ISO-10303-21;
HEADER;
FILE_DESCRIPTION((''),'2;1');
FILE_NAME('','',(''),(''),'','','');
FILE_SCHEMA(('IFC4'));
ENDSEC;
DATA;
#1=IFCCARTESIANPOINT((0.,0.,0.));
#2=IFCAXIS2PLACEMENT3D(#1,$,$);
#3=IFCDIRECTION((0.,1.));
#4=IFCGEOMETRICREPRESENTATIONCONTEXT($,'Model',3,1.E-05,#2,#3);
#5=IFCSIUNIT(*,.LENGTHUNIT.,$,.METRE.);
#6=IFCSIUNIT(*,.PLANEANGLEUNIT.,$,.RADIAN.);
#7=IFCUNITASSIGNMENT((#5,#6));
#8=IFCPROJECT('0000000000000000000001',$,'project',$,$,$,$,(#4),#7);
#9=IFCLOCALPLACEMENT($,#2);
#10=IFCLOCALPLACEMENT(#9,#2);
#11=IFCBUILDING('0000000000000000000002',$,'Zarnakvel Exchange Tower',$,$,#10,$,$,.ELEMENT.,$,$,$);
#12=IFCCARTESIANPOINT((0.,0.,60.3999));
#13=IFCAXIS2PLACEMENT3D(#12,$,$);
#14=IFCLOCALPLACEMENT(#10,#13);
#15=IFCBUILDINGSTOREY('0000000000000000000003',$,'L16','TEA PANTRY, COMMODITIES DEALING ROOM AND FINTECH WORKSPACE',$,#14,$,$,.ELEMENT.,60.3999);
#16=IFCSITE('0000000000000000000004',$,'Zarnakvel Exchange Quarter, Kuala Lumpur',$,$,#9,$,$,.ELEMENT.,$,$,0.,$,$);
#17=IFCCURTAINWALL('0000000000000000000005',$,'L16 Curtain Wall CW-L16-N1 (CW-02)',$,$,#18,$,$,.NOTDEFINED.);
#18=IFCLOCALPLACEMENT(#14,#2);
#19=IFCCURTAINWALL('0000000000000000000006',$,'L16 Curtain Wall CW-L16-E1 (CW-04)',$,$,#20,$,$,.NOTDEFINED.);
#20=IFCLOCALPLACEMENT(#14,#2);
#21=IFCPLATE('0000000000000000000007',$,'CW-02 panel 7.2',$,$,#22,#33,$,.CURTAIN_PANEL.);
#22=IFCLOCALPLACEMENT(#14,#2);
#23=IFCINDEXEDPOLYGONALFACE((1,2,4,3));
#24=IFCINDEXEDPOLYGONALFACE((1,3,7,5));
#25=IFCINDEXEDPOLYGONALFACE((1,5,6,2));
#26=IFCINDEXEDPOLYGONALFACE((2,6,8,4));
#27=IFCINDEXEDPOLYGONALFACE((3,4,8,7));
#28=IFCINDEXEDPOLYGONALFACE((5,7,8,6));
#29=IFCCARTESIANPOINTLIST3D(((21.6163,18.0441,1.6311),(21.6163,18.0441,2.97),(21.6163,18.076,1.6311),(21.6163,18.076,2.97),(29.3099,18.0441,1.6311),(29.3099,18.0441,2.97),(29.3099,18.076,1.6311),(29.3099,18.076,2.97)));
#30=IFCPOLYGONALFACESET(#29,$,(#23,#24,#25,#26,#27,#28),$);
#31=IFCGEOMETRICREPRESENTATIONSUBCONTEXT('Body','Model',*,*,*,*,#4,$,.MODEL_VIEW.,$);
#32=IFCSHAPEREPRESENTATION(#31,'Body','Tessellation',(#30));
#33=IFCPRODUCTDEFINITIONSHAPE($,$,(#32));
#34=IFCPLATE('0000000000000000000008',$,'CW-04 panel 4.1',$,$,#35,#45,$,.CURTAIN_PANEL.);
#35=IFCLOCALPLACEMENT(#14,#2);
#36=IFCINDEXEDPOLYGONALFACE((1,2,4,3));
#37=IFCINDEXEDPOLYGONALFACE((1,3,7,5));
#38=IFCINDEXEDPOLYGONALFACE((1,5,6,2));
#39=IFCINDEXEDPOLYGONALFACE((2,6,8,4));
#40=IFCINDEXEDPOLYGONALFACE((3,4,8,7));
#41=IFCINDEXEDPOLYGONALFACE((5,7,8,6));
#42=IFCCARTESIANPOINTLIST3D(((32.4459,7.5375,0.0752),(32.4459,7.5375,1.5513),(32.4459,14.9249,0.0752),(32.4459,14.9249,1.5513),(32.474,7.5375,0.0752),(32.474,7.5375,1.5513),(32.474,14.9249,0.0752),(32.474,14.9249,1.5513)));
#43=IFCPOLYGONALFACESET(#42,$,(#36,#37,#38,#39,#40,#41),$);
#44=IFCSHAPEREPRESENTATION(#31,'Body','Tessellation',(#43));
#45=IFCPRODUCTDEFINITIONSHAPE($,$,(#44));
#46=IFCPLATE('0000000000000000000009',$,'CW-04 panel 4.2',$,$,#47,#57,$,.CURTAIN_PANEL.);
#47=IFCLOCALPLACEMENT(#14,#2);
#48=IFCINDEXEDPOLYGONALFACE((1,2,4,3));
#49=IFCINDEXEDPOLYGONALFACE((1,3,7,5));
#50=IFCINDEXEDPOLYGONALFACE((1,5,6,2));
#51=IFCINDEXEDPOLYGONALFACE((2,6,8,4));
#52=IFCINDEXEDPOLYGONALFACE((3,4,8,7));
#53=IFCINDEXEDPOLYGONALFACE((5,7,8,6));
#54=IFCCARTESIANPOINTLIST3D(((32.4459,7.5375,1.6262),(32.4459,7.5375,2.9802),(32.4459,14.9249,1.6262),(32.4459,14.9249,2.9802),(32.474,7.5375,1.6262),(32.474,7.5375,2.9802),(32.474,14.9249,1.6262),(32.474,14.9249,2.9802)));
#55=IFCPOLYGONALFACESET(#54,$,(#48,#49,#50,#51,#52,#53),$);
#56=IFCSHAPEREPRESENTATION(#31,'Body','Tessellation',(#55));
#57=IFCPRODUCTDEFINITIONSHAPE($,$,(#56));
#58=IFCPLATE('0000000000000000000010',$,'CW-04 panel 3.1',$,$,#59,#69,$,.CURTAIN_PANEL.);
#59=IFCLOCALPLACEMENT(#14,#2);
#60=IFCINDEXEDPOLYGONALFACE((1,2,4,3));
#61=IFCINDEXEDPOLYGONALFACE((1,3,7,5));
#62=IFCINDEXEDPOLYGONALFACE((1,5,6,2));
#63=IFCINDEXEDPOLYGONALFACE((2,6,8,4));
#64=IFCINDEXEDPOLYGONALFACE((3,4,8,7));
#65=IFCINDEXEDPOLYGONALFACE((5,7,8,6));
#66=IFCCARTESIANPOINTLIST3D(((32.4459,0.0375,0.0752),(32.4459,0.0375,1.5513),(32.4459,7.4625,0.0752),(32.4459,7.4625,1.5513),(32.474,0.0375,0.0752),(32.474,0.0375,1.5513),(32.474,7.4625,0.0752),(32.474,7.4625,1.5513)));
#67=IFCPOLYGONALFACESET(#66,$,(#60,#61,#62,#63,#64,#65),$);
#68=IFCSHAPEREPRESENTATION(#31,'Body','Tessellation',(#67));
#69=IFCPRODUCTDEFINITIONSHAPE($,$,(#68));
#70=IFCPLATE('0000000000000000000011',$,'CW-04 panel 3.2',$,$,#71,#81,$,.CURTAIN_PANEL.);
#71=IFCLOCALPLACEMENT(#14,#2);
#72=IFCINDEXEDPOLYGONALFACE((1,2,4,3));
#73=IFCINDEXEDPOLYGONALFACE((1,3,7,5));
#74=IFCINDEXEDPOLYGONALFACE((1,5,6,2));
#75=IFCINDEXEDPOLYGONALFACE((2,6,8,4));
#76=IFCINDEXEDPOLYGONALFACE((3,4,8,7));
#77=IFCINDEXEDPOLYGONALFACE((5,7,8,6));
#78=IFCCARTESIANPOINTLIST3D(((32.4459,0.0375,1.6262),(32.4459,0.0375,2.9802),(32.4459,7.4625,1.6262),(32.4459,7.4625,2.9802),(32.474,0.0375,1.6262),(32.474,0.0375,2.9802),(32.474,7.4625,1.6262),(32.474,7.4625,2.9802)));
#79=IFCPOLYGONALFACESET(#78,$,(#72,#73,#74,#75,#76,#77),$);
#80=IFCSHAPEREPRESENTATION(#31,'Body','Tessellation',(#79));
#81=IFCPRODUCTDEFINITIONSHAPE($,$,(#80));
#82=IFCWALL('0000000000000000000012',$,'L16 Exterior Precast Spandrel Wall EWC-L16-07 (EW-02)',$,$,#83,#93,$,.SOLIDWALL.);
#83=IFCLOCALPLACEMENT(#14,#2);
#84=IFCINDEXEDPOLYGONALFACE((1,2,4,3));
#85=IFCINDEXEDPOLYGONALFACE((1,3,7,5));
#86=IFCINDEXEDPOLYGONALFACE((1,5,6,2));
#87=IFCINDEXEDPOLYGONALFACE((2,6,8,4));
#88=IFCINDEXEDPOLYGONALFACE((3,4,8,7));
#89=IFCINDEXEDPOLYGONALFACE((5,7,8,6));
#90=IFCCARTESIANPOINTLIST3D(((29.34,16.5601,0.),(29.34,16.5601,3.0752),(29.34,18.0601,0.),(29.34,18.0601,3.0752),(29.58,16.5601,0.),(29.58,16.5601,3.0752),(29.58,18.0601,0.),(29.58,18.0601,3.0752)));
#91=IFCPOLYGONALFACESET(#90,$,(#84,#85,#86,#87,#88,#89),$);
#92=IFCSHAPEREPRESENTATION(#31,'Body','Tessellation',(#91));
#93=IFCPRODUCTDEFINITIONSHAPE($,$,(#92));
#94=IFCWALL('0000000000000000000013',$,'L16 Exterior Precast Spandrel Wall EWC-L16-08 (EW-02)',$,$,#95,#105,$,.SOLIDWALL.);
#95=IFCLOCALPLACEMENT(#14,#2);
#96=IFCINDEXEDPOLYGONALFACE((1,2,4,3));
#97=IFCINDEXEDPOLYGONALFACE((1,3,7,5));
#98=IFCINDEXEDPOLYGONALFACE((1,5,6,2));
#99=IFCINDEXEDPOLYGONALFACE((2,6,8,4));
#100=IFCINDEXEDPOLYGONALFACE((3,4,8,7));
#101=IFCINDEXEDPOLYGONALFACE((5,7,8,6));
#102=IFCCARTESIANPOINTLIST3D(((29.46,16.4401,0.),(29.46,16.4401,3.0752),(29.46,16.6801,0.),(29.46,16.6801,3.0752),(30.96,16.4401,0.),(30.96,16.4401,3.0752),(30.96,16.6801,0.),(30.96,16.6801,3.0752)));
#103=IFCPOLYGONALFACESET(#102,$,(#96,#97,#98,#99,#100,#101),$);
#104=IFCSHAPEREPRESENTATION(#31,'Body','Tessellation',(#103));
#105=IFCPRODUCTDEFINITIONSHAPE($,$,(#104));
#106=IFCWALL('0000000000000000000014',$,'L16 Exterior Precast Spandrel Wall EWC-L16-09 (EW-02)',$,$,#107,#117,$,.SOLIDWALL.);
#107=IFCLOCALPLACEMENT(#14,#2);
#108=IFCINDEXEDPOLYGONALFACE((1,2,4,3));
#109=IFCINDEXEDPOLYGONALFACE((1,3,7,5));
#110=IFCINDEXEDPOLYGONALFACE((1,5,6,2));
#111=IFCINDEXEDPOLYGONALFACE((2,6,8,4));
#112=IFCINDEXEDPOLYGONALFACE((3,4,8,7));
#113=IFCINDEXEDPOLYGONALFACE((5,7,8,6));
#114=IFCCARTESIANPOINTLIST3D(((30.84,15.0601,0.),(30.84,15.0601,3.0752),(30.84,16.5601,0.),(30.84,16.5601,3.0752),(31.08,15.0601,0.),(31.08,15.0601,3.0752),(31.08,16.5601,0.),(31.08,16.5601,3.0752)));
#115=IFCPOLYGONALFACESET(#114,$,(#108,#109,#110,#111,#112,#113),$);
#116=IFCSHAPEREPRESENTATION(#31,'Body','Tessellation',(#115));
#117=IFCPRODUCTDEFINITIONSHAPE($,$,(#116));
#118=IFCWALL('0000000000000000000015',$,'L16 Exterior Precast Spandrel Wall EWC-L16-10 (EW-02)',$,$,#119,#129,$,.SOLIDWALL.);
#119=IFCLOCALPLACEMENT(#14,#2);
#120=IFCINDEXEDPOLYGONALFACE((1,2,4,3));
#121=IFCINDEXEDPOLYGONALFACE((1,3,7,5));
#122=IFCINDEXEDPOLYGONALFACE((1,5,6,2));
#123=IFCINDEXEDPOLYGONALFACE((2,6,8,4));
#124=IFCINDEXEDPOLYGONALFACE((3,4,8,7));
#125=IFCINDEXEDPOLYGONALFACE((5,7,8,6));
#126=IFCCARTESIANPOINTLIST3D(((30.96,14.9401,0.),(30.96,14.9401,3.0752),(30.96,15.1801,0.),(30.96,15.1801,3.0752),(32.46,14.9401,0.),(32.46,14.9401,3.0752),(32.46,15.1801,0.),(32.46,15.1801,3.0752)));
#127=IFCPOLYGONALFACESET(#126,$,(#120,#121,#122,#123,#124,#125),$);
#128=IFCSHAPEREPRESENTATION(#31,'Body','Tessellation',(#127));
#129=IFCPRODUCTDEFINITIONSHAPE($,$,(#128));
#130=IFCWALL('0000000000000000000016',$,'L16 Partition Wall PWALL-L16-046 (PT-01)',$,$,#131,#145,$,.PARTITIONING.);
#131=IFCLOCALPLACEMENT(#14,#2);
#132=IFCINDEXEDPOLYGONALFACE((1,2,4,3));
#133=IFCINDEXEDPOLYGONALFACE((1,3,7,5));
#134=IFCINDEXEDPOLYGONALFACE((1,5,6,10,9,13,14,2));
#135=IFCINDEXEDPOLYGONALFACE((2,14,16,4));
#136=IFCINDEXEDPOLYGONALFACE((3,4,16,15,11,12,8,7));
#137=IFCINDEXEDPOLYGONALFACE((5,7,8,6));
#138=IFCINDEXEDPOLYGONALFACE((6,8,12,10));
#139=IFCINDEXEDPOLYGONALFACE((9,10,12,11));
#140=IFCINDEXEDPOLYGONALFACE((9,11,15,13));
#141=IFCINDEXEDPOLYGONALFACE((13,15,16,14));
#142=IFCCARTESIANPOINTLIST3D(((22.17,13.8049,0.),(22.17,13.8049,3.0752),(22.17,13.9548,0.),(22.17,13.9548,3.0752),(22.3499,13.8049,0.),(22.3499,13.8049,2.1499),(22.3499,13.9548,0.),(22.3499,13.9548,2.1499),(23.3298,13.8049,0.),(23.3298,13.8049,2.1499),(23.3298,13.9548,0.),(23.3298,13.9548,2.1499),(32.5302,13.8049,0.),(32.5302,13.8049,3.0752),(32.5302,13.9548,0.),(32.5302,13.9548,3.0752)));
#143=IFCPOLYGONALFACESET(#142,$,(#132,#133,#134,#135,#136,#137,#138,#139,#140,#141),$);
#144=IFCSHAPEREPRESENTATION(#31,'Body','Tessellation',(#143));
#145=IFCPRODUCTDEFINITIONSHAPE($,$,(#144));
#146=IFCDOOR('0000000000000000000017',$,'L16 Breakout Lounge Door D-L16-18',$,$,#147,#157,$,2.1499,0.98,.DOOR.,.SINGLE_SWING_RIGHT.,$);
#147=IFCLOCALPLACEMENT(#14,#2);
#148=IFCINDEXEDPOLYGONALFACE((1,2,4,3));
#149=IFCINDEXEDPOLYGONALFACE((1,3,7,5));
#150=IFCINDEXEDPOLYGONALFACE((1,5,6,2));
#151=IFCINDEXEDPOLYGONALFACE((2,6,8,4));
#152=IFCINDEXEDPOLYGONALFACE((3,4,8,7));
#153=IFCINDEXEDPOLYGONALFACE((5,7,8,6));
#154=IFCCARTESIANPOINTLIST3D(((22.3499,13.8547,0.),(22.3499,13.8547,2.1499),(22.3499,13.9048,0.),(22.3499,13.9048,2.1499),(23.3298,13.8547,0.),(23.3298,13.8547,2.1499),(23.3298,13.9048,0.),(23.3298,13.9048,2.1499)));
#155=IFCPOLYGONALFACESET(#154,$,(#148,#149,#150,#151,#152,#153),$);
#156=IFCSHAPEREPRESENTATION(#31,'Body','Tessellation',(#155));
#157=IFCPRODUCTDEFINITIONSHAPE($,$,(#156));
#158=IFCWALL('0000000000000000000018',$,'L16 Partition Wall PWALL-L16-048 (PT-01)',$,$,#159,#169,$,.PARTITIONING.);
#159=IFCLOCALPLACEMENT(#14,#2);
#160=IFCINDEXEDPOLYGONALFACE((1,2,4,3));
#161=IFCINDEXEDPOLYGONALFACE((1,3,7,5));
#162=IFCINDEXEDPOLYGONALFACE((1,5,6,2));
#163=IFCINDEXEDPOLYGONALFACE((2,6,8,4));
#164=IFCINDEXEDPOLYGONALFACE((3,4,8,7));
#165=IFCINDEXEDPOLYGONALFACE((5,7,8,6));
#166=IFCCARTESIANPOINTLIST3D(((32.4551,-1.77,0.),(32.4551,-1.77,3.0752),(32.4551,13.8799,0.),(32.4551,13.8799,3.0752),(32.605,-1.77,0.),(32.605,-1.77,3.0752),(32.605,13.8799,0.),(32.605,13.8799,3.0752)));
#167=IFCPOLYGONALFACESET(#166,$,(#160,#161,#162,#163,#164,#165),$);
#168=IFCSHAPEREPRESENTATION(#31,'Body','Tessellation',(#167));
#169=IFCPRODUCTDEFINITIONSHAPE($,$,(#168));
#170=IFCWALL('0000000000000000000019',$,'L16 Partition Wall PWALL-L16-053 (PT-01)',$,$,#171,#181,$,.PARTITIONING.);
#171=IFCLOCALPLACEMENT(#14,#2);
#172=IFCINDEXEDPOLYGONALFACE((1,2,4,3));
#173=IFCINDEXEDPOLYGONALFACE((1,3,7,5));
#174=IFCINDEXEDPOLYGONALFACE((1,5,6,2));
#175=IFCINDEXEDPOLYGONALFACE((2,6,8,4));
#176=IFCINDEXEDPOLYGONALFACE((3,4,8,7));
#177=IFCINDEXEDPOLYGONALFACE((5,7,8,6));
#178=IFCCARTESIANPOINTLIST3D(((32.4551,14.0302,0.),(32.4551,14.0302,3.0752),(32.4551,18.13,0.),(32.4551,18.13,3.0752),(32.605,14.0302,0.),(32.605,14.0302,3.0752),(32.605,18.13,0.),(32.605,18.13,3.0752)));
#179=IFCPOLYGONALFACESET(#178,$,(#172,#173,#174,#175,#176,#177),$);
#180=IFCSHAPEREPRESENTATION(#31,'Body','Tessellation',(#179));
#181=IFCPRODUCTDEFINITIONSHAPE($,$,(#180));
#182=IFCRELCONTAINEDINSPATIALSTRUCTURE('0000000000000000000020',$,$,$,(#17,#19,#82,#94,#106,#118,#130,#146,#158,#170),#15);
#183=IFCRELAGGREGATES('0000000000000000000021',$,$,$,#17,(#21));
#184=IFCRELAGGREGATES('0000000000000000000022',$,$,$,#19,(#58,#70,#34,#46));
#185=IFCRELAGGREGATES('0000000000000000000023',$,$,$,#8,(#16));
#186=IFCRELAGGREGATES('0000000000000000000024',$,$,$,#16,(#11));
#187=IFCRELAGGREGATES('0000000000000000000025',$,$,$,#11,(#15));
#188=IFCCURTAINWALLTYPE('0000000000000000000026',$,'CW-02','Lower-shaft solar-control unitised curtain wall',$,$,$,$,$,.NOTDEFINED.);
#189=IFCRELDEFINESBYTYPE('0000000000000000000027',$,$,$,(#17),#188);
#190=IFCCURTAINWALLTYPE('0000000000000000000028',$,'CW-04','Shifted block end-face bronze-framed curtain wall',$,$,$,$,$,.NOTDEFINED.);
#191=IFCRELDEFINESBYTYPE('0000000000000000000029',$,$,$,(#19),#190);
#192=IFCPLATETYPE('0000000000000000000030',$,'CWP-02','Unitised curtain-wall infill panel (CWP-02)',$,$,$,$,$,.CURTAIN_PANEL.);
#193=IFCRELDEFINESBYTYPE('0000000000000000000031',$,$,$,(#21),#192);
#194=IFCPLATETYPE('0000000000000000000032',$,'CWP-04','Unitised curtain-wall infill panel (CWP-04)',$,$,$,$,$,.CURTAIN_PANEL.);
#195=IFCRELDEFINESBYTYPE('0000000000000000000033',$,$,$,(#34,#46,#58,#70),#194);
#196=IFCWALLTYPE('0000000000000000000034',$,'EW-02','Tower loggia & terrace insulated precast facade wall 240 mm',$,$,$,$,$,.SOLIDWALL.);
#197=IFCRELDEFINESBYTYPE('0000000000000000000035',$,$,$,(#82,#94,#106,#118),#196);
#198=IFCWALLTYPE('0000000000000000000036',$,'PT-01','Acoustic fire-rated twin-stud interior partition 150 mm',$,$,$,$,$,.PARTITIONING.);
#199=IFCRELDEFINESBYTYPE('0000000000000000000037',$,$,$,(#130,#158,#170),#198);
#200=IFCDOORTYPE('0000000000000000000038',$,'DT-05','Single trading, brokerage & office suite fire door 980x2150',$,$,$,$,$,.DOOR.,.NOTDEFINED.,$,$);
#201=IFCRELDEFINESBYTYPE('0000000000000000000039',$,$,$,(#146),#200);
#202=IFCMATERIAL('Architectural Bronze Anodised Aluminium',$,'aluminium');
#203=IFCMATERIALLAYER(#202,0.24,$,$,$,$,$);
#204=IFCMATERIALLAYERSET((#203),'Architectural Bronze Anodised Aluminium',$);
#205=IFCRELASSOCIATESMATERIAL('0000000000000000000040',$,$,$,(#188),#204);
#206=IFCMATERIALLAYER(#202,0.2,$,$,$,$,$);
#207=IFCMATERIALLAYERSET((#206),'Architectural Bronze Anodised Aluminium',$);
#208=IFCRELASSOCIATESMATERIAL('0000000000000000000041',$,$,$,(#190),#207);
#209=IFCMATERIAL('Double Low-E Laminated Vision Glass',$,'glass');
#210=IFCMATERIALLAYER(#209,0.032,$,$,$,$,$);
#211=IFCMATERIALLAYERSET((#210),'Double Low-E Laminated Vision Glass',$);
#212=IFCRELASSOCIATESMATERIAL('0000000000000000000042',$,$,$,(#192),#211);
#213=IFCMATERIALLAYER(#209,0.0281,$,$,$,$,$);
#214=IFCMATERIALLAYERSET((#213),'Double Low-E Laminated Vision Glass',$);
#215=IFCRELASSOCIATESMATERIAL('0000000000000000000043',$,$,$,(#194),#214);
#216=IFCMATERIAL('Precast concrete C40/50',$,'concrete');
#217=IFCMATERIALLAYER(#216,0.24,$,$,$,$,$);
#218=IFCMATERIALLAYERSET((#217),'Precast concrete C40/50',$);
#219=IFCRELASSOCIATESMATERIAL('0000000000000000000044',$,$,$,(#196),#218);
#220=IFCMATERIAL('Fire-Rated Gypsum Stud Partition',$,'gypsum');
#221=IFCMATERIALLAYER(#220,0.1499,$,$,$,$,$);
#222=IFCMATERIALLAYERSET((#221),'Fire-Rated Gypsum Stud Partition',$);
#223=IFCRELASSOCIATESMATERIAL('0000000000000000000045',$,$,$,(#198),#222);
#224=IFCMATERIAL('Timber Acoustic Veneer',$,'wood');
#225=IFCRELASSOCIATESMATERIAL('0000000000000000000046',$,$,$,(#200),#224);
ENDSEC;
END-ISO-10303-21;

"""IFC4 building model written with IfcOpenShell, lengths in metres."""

from ifc_helpers import new_model, si_unit, direction, frame, frame_2d, origin, origin_2d, place, context, subcontext, project, spatial, rectangle, extrude, source, transform, mapped, material, layer, layer_set, type_object, element, fill, aggregate, save


model = new_model("IFC4")

# Units and contexts
model_context = context("Model", 3, precision=1e-05, world=origin(), true_north=direction((0.0, 1.0)))
body_context = subcontext(model_context, "Body", "Model", "MODEL_VIEW")
ifc_project = project(units=[si_unit("LENGTHUNIT", "METRE"), si_unit("PLANEANGLEUNIT", "RADIAN")], contexts=[model_context])

# Site, building, storey
site_placement = place(None, origin())
site = spatial("IfcSite", under=ifc_project, at=site_placement, Name="Zarnakvel Exchange Quarter, Kuala Lumpur", CompositionType="ELEMENT", RefElevation=0.0)
building_placement = place(site_placement, origin())
building = spatial("IfcBuilding", under=site, at=building_placement, Name="Zarnakvel Exchange Tower", CompositionType="ELEMENT")
storey_placement = place(building_placement, frame((0.0, 0.0, 60.3999)))
storey = spatial("IfcBuildingStorey", under=building, at=storey_placement, Name="L16", Description="TEA PANTRY, COMMODITIES DEALING ROOM AND FINTECH WORKSPACE", CompositionType="ELEMENT", Elevation=60.3999)

# Curtain walls
ifc_material_1 = material(Name="Architectural Bronze Anodised Aluminium", Category="aluminium")
ifc_layer_1 = layer(ifc_material_1, 0.24)
ifc_layer_set_1 = layer_set([ifc_layer_1], Name="Architectural Bronze Anodised Aluminium")
curtain_wall_type_1 = type_object("IfcCurtainWallType", Name="CW-02", Description="Lower-shaft solar-control unitised curtain wall", PredefinedType="NOTDEFINED", material=ifc_layer_set_1)
curtain_wall_1_placement = place(storey_placement, origin())
curtain_wall_1 = element("IfcCurtainWall", 1, at=curtain_wall_1_placement, inside=storey, type_object=curtain_wall_type_1, Name="L16 Curtain Wall CW-L16-N1 (CW-02)", PredefinedType="NOTDEFINED")
ifc_layer_2 = layer(ifc_material_1, 0.2)
ifc_layer_set_2 = layer_set([ifc_layer_2], Name="Architectural Bronze Anodised Aluminium")
curtain_wall_type_2 = type_object("IfcCurtainWallType", Name="CW-04", Description="Shifted block end-face bronze-framed curtain wall", PredefinedType="NOTDEFINED", material=ifc_layer_set_2)
curtain_wall_2_placement = place(storey_placement, origin())
curtain_wall_2 = element("IfcCurtainWall", 2, at=curtain_wall_2_placement, inside=storey, type_object=curtain_wall_type_2, Name="L16 Curtain Wall CW-L16-E1 (CW-04)", PredefinedType="NOTDEFINED")

# Plates
ifc_material_2 = material(Name="Double Low-E Laminated Vision Glass", Category="glass")
ifc_layer_3 = layer(ifc_material_2, 0.032)
ifc_layer_set_3 = layer_set([ifc_layer_3], Name="Double Low-E Laminated Vision Glass")
plate_type_1 = type_object("IfcPlateType", Name="CWP-02", Description="Unitised curtain-wall infill panel (CWP-02)", PredefinedType="CURTAIN_PANEL", material=ifc_layer_set_3)
shared_shape_1 = source(origin(), body_context, "Body", "SweptSolid", [
    extrude(rectangle(XDim=7.6936, YDim=0.032, at=origin_2d()), origin(), (0.0, 0.0, 1.0), 1.3389),
])
plate_1_placement = place(storey_placement, frame((25.4631, 18.0601, 1.6311), z_axis=(0.0, 0.0, 1.0), x_axis=(1.0, 0.0, 0.0)))
plate_1 = element("IfcPlate", 3, at=plate_1_placement, type_object=plate_type_1, Name="CW-02 panel 7.2", PredefinedType="CURTAIN_PANEL", context=body_context, shape_type="MappedRepresentation", body=[
    mapped(shared_shape_1, transform((0.0, 0.0, 0.0), x_axis=(1.0, 0.0, 0.0), y_axis=(0.0, 1.0, 0.0), z_axis=(0.0, 0.0, 1.0), scale=1.0)),
])
aggregate(curtain_wall_1, [plate_1])
ifc_layer_4 = layer(ifc_material_2, 0.0281)
ifc_layer_set_4 = layer_set([ifc_layer_4], Name="Double Low-E Laminated Vision Glass")
plate_type_2 = type_object("IfcPlateType", Name="CWP-04", Description="Unitised curtain-wall infill panel (CWP-04)", PredefinedType="CURTAIN_PANEL", material=ifc_layer_set_4)
shared_shape_2 = source(origin(), body_context, "Body", "SweptSolid", [
    extrude(rectangle(XDim=7.3875, YDim=0.0281, at=origin_2d()), origin(), (0.0, 0.0, 1.0), 1.4761),
])
plate_2_placement = place(storey_placement, frame((32.46, 11.2312, 0.0752), z_axis=(0.0, 0.0, 1.0), x_axis=(0.0, 1.0, 0.0)))
plate_2 = element("IfcPlate", 4, at=plate_2_placement, type_object=plate_type_2, Name="CW-04 panel 4.1", PredefinedType="CURTAIN_PANEL", context=body_context, shape_type="MappedRepresentation", body=[
    mapped(shared_shape_2, transform((0.0, 0.0, 0.0), x_axis=(1.0, 0.0, 0.0), y_axis=(0.0, 1.0, 0.0), z_axis=(0.0, 0.0, 1.0), scale=1.0)),
])
shared_shape_3 = source(origin(), body_context, "Body", "SweptSolid", [
    extrude(rectangle(XDim=7.3875, YDim=0.0281, at=origin_2d()), origin(), (0.0, 0.0, 1.0), 1.354),
])
plate_3_placement = place(storey_placement, frame((32.46, 11.2312, 1.6262), z_axis=(0.0, 0.0, 1.0), x_axis=(0.0, 1.0, 0.0)))
plate_3 = element("IfcPlate", 5, at=plate_3_placement, type_object=plate_type_2, Name="CW-04 panel 4.2", PredefinedType="CURTAIN_PANEL", context=body_context, shape_type="MappedRepresentation", body=[
    mapped(shared_shape_3, transform((0.0, 0.0, 0.0), x_axis=(1.0, 0.0, 0.0), y_axis=(0.0, 1.0, 0.0), z_axis=(0.0, 0.0, 1.0), scale=1.0)),
])
shared_shape_4 = source(origin(), body_context, "Body", "SweptSolid", [
    extrude(rectangle(XDim=7.425, YDim=0.0281, at=origin_2d()), origin(), (0.0, 0.0, 1.0), 1.4761),
])
plate_4_placement = place(storey_placement, frame((32.46, 3.75, 0.0752), z_axis=(0.0, 0.0, 1.0), x_axis=(0.0, 1.0, 0.0)))
plate_4 = element("IfcPlate", 6, at=plate_4_placement, type_object=plate_type_2, Name="CW-04 panel 3.1", PredefinedType="CURTAIN_PANEL", context=body_context, shape_type="MappedRepresentation", body=[
    mapped(shared_shape_4, transform((0.0, 0.0, 0.0), x_axis=(1.0, 0.0, 0.0), y_axis=(0.0, 1.0, 0.0), z_axis=(0.0, 0.0, 1.0), scale=1.0)),
])
shared_shape_5 = source(origin(), body_context, "Body", "SweptSolid", [
    extrude(rectangle(XDim=7.425, YDim=0.0281, at=origin_2d()), origin(), (0.0, 0.0, 1.0), 1.354),
])
plate_5_placement = place(storey_placement, frame((32.46, 3.75, 1.6262), z_axis=(0.0, 0.0, 1.0), x_axis=(0.0, 1.0, 0.0)))
plate_5 = element("IfcPlate", 7, at=plate_5_placement, type_object=plate_type_2, Name="CW-04 panel 3.2", PredefinedType="CURTAIN_PANEL", context=body_context, shape_type="MappedRepresentation", body=[
    mapped(shared_shape_5, transform((0.0, 0.0, 0.0), x_axis=(1.0, 0.0, 0.0), y_axis=(0.0, 1.0, 0.0), z_axis=(0.0, 0.0, 1.0), scale=1.0)),
])
aggregate(curtain_wall_2, [plate_4, plate_5, plate_2, plate_3])

# Walls
ifc_material_3 = material(Name="Precast concrete C40/50", Category="concrete")
ifc_layer_5 = layer(ifc_material_3, 0.24)
ifc_layer_set_5 = layer_set([ifc_layer_5], Name="Precast concrete C40/50")
wall_type_1 = type_object("IfcWallType", Name="EW-02", Description="Tower loggia & terrace insulated precast facade wall 240 mm", PredefinedType="SOLIDWALL", material=ifc_layer_set_5)
for number, where, z_axis, x_axis, name in (
    (8, (29.46, 16.5601, 0.0), (0.0, 0.0, 1.0), (0.0, 1.0, 0.0), "L16 Exterior Precast Spandrel Wall EWC-L16-07 (EW-02)"),
    (9, (30.96, 16.5601, 0.0), (0.0, 0.0, 1.0), (-1.0, 0.0, 0.0), "L16 Exterior Precast Spandrel Wall EWC-L16-08 (EW-02)"),
    (10, (30.96, 15.0601, 0.0), (0.0, 0.0, 1.0), (0.0, 1.0, 0.0), "L16 Exterior Precast Spandrel Wall EWC-L16-09 (EW-02)"),
    (11, (32.46, 15.0601, 0.0), (0.0, 0.0, 1.0), (-1.0, 0.0, 0.0), "L16 Exterior Precast Spandrel Wall EWC-L16-10 (EW-02)"),
):
    element("IfcWall", number, at=place(storey_placement, frame(where, z_axis=z_axis, x_axis=x_axis)), inside=storey, type_object=wall_type_1, Name=name, PredefinedType="SOLIDWALL", context=body_context, shape_type="SweptSolid", body=[
        extrude(rectangle(XDim=1.5, YDim=0.24, at=frame_2d((0.75, 0.0))), origin(), (0.0, 0.0, 1.0), 3.0752),
    ])

# Wall, opening, door
ifc_material_4 = material(Name="Fire-Rated Gypsum Stud Partition", Category="gypsum")
ifc_layer_6 = layer(ifc_material_4, 0.1499)
ifc_layer_set_6 = layer_set([ifc_layer_6], Name="Fire-Rated Gypsum Stud Partition")
wall_type_2 = type_object("IfcWallType", Name="PT-01", Description="Acoustic fire-rated twin-stud interior partition 150 mm", PredefinedType="PARTITIONING", material=ifc_layer_set_6)
wall_1_placement = place(storey_placement, frame((22.1699, 13.8799, 0.0), z_axis=(0.0, 0.0, 1.0), x_axis=(1.0, 0.0, 0.0)))
wall_1 = element("IfcWall", 12, at=wall_1_placement, inside=storey, type_object=wall_type_2, Name="L16 Partition Wall PWALL-L16-046 (PT-01)", PredefinedType="PARTITIONING", context=body_context, shape_type="SweptSolid", body=[
    extrude(rectangle(XDim=10.3601, YDim=0.1499, at=frame_2d((5.1802, 0.0))), origin(), (0.0, 0.0, 1.0), 3.0752),
])
opening_placement = place(wall_1_placement, frame((0.1799, 0.0, 0.0)))
opening = element("IfcOpeningElement", 13, at=opening_placement, cuts=wall_1, PredefinedType="OPENING", context=body_context, shape_type="SweptSolid", body=[
    extrude(rectangle(XDim=0.98, YDim=2.1499, at=frame_2d((0.49, 1.075))), frame((0.0, 0.085, 0.0), z_axis=(0.0, -1.0, 0.0), x_axis=(1.0, 0.0, 0.0)), (0.0, 0.0, 1.0), 0.1699),
])
ifc_material_5 = material(Name="Timber Acoustic Veneer", Category="wood")
door_type = type_object("IfcDoorType", Name="DT-05", Description="Single trading, brokerage & office suite fire door 980x2150", OperationType="NOTDEFINED", PredefinedType="DOOR", material=ifc_material_5)
shared_shape_6 = source(origin(), body_context, "Body", "SweptSolid", [
    extrude(rectangle(XDim=0.98, YDim=2.1499, at=frame_2d((0.49, 1.075))), frame((0.0, 0.0249, 0.0), z_axis=(0.0, -1.0, 0.0), x_axis=(1.0, 0.0, 0.0)), (0.0, 0.0, 1.0), 0.05),
])
door_placement = place(opening_placement, origin())
door = element("IfcDoor", 14, at=door_placement, inside=storey, type_object=door_type, Name="L16 Breakout Lounge Door D-L16-18", OperationType="SINGLE_SWING_RIGHT", OverallHeight=2.1499, OverallWidth=0.98, PredefinedType="DOOR", context=body_context, shape_type="MappedRepresentation", body=[
    mapped(shared_shape_6, transform((0.0, 0.0, 0.0), x_axis=(1.0, 0.0, 0.0), y_axis=(0.0, 1.0, 0.0), z_axis=(0.0, 0.0, 1.0), scale=1.0)),
])
fill(opening, door)

# Walls
wall_2_placement = place(storey_placement, frame((32.53, 13.8799, 0.0), z_axis=(0.0, 0.0, 1.0), x_axis=(0.0, -1.0, 0.0)))
element("IfcWall", 15, at=wall_2_placement, inside=storey, type_object=wall_type_2, Name="L16 Partition Wall PWALL-L16-048 (PT-01)", PredefinedType="PARTITIONING", context=body_context, shape_type="SweptSolid", body=[
    extrude(rectangle(XDim=15.6499, YDim=0.1499, at=frame_2d((7.825, 0.0))), origin(), (0.0, 0.0, 1.0), 3.0752),
])
wall_3_placement = place(storey_placement, frame((32.53, 18.1299, 0.0), z_axis=(0.0, 0.0, 1.0), x_axis=(0.0, -1.0, 0.0)))
element("IfcWall", 16, at=wall_3_placement, inside=storey, type_object=wall_type_2, Name="L16 Partition Wall PWALL-L16-053 (PT-01)", PredefinedType="PARTITIONING", context=body_context, shape_type="SweptSolid", body=[
    extrude(rectangle(XDim=4.0999, YDim=0.1499, at=frame_2d((2.0498, 0.0))), origin(), (0.0, 0.0, 1.0), 3.0752),
])

save(model, "model.ifc")
